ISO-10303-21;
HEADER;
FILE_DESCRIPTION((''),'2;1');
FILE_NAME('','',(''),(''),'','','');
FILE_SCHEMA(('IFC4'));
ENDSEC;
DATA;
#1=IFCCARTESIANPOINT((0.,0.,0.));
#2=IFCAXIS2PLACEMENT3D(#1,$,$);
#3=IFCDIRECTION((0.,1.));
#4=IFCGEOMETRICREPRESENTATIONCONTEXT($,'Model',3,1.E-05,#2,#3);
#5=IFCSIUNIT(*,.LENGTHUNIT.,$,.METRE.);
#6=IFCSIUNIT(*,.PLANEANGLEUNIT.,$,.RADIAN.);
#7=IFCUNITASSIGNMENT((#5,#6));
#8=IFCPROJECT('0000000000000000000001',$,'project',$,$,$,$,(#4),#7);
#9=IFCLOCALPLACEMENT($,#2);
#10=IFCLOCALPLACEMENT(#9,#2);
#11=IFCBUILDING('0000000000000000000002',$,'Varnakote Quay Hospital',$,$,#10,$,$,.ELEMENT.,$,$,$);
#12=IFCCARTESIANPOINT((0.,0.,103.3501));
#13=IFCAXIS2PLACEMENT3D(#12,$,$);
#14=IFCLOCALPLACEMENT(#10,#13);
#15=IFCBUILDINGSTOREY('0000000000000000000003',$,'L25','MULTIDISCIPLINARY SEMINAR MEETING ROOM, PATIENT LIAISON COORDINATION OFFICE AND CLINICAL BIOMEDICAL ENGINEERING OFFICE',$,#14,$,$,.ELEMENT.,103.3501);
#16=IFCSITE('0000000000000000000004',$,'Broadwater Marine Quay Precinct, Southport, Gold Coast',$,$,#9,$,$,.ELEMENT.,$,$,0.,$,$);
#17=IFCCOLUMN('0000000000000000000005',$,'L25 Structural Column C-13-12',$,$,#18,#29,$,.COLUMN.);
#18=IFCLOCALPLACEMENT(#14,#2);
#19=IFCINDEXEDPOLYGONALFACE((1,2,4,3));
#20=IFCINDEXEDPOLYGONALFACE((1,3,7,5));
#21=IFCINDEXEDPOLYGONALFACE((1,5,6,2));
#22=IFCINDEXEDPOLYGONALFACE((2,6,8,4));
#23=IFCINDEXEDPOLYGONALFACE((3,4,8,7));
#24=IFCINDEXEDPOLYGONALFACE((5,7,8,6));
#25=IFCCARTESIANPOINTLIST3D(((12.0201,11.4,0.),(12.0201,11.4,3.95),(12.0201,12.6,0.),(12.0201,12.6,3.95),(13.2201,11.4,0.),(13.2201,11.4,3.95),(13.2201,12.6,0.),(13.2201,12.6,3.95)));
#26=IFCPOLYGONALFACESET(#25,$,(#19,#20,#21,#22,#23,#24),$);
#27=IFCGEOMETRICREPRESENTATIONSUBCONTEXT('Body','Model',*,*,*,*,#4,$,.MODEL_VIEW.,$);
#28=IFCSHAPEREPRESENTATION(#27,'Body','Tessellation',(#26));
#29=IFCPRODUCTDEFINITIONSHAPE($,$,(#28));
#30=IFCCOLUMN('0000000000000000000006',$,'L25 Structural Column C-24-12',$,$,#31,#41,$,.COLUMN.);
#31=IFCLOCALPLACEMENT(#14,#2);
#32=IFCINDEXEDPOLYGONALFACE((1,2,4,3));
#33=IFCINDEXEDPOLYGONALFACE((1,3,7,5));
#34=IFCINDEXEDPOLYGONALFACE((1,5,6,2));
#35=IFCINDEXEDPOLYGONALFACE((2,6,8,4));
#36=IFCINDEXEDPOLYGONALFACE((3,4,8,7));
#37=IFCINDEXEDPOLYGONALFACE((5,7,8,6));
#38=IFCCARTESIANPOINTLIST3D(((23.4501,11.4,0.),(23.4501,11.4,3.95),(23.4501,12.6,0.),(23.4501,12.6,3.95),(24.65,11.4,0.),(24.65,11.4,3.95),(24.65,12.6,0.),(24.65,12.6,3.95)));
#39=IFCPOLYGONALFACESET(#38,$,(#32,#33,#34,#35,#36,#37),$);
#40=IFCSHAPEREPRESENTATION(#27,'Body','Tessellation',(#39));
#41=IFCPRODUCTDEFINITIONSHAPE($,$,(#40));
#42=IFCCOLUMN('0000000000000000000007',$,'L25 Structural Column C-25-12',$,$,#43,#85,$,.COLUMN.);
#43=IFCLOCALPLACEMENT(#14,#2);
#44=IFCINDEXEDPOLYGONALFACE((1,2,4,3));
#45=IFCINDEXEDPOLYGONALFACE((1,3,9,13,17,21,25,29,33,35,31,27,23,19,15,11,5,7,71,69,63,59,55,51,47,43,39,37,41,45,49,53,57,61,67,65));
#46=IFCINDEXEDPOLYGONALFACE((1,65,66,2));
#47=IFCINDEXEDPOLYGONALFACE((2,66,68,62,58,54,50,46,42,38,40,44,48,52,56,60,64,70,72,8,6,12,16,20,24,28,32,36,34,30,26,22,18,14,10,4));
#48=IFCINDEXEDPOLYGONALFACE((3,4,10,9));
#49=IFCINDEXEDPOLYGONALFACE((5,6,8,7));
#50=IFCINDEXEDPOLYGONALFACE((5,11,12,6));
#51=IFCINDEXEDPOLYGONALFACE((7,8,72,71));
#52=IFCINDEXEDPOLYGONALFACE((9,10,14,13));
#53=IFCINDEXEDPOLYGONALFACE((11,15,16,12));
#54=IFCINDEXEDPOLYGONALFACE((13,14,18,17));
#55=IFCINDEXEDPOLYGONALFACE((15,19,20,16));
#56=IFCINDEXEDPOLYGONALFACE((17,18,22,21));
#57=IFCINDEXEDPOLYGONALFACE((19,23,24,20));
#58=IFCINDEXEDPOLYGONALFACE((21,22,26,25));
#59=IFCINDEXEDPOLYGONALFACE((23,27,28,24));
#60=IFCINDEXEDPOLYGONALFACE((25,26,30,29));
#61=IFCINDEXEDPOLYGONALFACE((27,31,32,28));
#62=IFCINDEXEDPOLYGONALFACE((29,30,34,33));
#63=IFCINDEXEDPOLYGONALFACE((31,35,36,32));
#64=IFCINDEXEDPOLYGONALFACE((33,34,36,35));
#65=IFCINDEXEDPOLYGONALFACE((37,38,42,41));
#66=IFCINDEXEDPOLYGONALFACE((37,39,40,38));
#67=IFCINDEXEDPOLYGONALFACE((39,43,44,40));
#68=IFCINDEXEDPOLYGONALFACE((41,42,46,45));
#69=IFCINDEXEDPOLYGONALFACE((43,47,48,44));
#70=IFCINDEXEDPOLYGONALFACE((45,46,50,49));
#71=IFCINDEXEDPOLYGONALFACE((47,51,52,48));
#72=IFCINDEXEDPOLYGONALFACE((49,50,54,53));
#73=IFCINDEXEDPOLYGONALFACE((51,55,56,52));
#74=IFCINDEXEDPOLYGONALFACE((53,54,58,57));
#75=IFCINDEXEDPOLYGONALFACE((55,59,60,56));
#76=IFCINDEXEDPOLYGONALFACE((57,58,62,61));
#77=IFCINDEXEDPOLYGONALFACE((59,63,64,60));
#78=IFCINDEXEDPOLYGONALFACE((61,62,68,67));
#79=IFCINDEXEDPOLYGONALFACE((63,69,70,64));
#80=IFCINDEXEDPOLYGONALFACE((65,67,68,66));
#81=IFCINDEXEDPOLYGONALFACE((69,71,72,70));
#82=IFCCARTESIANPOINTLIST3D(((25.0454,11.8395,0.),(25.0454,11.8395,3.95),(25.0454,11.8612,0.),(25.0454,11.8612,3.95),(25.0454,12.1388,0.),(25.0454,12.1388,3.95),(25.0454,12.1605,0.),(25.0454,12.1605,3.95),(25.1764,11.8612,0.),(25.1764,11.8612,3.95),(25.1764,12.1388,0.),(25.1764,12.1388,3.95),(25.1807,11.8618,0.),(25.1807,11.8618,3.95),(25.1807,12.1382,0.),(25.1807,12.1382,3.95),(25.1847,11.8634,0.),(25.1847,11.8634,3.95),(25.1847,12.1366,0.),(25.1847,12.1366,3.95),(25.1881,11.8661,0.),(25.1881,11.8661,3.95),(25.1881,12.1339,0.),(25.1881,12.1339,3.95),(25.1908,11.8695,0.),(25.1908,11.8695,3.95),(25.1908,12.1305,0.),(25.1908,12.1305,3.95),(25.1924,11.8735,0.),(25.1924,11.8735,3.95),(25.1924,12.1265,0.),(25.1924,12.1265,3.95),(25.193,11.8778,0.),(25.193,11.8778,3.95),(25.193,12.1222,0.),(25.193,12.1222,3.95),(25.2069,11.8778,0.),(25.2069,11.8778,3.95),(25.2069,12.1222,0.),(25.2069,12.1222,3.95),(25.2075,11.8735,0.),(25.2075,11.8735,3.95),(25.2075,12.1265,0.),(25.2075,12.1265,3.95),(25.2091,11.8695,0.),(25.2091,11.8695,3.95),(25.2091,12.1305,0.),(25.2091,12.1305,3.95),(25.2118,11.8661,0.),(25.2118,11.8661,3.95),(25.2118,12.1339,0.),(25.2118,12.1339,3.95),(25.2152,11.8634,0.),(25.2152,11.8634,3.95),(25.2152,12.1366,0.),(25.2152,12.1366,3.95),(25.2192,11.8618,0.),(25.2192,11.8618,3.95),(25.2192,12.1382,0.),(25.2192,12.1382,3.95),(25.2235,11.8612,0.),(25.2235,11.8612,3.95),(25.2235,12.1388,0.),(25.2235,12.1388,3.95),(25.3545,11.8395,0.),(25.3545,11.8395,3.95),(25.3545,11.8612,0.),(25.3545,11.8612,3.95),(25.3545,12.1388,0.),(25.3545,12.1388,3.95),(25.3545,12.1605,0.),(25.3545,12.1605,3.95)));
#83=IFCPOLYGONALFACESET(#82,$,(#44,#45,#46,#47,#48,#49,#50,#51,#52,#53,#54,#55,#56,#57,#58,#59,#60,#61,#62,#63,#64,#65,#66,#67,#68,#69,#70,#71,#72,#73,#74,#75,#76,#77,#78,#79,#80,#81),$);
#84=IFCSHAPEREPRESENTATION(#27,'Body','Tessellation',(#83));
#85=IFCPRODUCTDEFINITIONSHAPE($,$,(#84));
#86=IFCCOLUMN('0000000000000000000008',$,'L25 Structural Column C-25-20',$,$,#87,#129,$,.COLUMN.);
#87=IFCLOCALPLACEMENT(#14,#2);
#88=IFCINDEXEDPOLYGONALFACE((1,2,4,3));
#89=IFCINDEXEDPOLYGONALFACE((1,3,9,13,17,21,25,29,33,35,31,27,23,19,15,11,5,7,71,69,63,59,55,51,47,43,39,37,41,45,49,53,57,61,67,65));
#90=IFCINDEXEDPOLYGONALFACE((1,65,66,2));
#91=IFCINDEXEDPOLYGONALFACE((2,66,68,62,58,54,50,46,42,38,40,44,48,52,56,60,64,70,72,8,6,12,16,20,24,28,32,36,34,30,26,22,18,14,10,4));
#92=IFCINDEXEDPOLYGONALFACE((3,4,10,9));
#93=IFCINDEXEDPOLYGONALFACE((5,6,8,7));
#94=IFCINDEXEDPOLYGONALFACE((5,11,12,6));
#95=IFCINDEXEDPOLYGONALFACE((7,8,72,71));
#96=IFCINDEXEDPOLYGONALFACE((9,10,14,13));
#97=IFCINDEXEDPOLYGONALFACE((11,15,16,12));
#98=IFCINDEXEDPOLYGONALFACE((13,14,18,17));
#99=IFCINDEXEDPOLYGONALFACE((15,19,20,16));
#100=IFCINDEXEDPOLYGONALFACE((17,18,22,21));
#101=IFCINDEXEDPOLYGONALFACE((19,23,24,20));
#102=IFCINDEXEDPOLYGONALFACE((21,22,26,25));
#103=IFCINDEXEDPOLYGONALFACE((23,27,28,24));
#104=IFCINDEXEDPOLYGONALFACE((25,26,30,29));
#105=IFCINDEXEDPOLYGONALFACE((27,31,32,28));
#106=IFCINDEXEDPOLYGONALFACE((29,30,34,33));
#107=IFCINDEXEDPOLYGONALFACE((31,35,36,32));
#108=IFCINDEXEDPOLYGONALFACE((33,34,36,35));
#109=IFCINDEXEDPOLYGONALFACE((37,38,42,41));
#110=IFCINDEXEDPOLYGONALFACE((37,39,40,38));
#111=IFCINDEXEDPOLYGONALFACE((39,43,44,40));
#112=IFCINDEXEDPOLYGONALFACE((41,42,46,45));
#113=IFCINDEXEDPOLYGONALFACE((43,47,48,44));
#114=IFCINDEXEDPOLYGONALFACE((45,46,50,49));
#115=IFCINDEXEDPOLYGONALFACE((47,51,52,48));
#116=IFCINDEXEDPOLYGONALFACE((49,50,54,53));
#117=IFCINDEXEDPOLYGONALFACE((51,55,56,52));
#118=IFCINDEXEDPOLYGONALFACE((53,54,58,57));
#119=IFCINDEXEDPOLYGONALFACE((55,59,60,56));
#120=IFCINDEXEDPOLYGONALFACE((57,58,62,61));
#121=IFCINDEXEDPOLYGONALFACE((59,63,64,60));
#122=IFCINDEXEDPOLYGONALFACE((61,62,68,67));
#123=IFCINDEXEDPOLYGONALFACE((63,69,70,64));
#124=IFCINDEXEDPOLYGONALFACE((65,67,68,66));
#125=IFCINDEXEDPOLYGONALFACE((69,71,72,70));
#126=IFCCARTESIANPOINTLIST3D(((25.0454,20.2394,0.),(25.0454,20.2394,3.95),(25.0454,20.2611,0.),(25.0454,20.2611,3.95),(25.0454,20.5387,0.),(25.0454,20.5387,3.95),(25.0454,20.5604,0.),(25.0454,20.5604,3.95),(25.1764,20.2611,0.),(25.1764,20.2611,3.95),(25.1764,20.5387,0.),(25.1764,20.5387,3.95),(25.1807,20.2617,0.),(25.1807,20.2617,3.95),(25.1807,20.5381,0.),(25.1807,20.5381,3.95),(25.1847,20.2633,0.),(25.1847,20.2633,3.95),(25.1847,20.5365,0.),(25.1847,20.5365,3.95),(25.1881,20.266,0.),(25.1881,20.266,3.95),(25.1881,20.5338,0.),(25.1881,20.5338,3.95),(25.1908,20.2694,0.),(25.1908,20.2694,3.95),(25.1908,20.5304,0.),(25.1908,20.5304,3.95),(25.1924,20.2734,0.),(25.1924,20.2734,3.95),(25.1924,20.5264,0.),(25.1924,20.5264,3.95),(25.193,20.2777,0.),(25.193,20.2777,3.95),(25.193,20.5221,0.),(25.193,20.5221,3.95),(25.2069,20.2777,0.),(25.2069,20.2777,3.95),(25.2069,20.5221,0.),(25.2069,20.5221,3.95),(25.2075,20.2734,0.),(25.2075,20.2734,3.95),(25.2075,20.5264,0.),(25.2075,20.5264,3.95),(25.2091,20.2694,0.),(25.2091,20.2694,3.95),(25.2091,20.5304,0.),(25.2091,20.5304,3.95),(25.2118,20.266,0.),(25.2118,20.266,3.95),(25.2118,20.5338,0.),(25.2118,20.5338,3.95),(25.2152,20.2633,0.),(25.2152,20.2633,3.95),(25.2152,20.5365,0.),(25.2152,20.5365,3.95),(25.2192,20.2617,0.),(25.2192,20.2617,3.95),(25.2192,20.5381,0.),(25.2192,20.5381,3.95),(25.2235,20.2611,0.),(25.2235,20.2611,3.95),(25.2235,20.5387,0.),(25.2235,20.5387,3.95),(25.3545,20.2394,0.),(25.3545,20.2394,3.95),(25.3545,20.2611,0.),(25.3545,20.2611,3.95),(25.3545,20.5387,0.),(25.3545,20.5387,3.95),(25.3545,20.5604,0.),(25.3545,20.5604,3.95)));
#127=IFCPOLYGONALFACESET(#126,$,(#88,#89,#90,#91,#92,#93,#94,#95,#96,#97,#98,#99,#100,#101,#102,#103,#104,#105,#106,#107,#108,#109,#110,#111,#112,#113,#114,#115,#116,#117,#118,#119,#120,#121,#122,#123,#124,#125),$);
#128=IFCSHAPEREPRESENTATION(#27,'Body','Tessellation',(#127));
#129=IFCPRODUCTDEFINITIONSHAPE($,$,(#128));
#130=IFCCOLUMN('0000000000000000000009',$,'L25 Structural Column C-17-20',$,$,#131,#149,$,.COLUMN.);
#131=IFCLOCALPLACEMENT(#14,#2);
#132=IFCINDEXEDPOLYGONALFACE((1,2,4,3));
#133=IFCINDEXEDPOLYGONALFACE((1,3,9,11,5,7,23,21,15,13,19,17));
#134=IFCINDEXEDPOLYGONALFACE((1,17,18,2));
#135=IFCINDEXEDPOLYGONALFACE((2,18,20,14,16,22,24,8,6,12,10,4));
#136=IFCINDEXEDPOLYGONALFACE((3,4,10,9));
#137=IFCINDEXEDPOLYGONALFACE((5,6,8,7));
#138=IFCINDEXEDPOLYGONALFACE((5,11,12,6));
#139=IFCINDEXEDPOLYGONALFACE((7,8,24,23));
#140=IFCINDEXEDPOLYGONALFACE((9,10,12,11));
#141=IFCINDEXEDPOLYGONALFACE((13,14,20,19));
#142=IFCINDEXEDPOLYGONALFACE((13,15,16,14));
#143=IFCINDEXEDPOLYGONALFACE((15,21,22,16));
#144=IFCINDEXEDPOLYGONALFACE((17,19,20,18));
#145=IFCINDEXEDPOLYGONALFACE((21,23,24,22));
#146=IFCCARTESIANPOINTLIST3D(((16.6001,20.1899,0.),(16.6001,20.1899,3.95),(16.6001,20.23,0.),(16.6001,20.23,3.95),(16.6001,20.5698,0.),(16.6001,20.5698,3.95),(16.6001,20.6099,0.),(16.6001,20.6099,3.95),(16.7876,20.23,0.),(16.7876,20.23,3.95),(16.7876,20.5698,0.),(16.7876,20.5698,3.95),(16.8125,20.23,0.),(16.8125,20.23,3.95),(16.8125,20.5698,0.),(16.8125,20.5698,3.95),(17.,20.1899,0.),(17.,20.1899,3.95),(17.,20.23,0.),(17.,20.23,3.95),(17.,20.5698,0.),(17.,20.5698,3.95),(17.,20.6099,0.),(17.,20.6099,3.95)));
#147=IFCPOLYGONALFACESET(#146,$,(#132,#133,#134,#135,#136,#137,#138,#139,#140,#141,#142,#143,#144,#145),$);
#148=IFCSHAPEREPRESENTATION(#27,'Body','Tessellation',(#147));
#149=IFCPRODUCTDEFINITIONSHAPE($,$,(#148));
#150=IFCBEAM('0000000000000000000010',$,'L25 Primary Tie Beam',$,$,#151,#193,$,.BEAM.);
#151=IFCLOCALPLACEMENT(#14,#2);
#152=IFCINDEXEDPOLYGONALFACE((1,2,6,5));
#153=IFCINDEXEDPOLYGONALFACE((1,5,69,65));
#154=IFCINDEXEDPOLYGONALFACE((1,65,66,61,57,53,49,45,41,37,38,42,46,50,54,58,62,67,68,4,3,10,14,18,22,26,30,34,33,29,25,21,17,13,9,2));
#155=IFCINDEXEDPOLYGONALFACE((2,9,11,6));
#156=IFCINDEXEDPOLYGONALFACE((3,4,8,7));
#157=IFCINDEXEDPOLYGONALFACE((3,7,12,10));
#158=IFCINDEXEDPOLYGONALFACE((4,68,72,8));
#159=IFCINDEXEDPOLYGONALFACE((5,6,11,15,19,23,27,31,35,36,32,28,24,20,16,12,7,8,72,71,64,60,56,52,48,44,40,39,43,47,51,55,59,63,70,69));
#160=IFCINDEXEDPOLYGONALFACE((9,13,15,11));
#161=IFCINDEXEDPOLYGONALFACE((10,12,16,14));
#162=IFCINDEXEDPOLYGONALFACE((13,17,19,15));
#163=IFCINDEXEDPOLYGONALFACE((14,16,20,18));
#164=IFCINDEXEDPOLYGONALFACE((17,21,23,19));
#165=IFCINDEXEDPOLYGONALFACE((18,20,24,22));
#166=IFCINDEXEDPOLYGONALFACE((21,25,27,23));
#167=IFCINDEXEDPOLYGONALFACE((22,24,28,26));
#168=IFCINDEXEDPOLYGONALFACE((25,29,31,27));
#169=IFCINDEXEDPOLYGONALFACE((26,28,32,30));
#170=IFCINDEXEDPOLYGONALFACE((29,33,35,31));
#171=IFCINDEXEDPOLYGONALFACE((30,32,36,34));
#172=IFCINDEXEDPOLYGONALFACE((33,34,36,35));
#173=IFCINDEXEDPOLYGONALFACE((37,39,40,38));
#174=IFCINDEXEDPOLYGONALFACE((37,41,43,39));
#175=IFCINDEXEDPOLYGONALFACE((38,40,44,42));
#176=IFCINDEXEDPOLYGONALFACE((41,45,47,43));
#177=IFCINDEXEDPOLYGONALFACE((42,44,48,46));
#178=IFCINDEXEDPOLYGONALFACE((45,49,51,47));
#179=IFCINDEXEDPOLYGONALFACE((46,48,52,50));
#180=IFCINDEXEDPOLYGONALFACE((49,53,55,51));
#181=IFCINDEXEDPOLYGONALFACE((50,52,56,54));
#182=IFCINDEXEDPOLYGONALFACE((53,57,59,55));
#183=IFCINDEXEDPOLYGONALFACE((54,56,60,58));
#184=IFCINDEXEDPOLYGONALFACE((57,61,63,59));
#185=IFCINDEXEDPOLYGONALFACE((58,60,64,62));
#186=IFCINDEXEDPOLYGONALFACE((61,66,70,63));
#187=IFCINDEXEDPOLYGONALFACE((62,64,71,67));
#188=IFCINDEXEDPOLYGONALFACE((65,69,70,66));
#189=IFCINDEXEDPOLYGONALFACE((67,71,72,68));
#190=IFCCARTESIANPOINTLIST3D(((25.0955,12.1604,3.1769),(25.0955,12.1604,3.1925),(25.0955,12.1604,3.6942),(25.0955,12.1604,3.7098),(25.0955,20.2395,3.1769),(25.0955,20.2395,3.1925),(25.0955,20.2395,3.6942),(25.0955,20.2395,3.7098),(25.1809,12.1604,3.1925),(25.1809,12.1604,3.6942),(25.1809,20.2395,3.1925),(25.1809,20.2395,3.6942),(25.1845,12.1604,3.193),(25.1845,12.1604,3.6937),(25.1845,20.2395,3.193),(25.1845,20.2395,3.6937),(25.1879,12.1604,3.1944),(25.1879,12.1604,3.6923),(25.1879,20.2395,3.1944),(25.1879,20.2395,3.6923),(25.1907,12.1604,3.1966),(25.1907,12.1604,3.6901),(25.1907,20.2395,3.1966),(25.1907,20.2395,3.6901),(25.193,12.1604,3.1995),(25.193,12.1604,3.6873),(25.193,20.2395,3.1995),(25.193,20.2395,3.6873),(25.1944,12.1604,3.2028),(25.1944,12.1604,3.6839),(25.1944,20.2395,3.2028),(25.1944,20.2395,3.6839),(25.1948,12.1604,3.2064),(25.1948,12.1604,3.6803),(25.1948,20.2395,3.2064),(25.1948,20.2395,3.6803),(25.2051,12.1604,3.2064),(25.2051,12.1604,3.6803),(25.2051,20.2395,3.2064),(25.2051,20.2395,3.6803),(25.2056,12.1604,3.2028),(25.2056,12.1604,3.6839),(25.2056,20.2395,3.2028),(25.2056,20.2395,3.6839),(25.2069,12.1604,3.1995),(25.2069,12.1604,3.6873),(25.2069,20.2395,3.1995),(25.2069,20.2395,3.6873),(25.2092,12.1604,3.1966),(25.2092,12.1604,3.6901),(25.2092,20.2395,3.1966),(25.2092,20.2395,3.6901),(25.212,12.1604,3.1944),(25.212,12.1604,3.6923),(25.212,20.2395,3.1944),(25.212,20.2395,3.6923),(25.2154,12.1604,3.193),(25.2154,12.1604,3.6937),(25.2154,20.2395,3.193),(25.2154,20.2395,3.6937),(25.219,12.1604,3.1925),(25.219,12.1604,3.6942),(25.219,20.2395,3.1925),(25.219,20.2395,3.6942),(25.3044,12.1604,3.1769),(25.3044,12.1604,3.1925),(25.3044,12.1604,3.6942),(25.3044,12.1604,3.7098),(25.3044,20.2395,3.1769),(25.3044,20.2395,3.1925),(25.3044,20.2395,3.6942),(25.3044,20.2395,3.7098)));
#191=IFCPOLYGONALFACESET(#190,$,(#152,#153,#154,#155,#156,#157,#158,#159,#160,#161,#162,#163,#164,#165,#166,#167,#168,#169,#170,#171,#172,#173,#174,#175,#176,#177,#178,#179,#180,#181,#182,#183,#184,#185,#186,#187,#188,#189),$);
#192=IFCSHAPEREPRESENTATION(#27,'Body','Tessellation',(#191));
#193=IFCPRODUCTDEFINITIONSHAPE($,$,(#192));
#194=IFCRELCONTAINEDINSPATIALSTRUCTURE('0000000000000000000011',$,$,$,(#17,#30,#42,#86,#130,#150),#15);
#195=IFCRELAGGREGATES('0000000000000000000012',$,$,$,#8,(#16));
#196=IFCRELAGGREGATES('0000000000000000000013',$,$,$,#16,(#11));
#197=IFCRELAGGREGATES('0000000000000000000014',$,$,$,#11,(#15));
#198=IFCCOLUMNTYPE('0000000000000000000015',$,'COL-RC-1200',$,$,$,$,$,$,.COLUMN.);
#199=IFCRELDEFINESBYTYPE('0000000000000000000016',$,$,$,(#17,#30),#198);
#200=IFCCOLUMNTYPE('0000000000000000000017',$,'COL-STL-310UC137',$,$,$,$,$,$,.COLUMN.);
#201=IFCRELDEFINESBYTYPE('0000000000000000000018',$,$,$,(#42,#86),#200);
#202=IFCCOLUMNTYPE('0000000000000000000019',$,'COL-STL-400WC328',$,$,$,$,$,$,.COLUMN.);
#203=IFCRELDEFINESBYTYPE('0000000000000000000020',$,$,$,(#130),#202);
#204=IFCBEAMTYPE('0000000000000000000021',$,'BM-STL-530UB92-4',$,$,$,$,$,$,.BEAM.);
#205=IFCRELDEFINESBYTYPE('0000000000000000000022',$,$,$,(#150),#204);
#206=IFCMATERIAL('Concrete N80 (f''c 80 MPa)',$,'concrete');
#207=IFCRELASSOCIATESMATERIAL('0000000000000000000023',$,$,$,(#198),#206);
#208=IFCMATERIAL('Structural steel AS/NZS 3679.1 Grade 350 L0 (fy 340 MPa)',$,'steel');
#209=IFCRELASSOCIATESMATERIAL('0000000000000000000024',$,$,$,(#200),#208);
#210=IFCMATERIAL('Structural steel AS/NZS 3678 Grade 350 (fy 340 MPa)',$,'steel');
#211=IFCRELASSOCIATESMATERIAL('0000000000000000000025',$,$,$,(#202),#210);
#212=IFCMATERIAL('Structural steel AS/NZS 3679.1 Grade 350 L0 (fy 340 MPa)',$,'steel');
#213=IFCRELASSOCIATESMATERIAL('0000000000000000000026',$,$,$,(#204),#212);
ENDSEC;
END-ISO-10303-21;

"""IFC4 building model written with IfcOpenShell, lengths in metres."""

from ifc_helpers import new_model, si_unit, direction, frame, origin, origin_2d, place, context, subcontext, project, spatial, rectangle, i_section, extrude, material, material_profile, profile_set, type_object, element, save


model = new_model("IFC4")

# Units and contexts
model_context = context("Model", 3, precision=1e-05, world=origin(), true_north=direction((0.0, 1.0)))
body_context = subcontext(model_context, "Body", "Model", "MODEL_VIEW")
ifc_project = project(units=[si_unit("LENGTHUNIT", "METRE"), si_unit("PLANEANGLEUNIT", "RADIAN")], contexts=[model_context])

# Site, building, storey
site_placement = place(None, origin())
site = spatial("IfcSite", under=ifc_project, at=site_placement, Name="Broadwater Marine Quay Precinct, Southport, Gold Coast", CompositionType="ELEMENT", RefElevation=0.0)
building_placement = place(site_placement, origin())
building = spatial("IfcBuilding", under=site, at=building_placement, Name="Varnakote Quay Hospital", CompositionType="ELEMENT")
storey_placement = place(building_placement, frame((0.0, 0.0, 103.3501)))
storey = spatial("IfcBuildingStorey", under=building, at=storey_placement, Name="L25", Description="MULTIDISCIPLINARY SEMINAR MEETING ROOM, PATIENT LIAISON COORDINATION OFFICE AND CLINICAL BIOMEDICAL ENGINEERING OFFICE", CompositionType="ELEMENT", Elevation=103.3501)

# Columns
ifc_material_1 = material(Name="Concrete N80 (f'c 80 MPa)", Category="concrete")
ifc_material_profile_1 = material_profile(ifc_material_1, rectangle(XDim=1.2, YDim=1.2, at=origin_2d()), Name="RC-COL-1200x1200")
ifc_profile_set_1 = profile_set([ifc_material_profile_1], Name="Concrete N80 (f'c 80 MPa)")
column_type_1 = type_object("IfcColumnType", Name="COL-RC-1200", PredefinedType="COLUMN", material=ifc_profile_set_1)
for number, where, z_axis, x_axis, name in (
    (1, (12.6201, 12.0, 0.0), (0.0, 0.0, 1.0), (1.0, 0.0, 0.0), "L25 Structural Column C-13-12"),
    (2, (24.05, 12.0, 0.0), (0.0, 0.0, 1.0), (1.0, 0.0, 0.0), "L25 Structural Column C-24-12"),
):
    element("IfcColumn", number, at=place(storey_placement, frame(where, z_axis=z_axis, x_axis=x_axis)), inside=storey, type_object=column_type_1, Name=name, PredefinedType="COLUMN", context=body_context, shape_type="SweptSolid", body=[
        extrude(rectangle(XDim=1.2, YDim=1.2, at=origin_2d()), origin(), (0.0, 0.0, 1.0), 3.95),
    ])
ifc_material_2 = material(Name="Structural steel AS/NZS 3679.1 Grade 350 L0 (fy 340 MPa)", Category="steel")
ifc_material_profile_2 = material_profile(ifc_material_2, i_section(OverallWidth=0.3091, OverallDepth=0.321, WebThickness=0.0139, FlangeThickness=0.0217, FilletRadius=0.0166, at=origin_2d()), Name="310UC137")
ifc_profile_set_2 = profile_set([ifc_material_profile_2], Name="Structural steel AS/NZS 3679.1 Grade 350 L0 (fy 340 MPa)")
column_type_2 = type_object("IfcColumnType", Name="COL-STL-310UC137", PredefinedType="COLUMN", material=ifc_profile_set_2)
for number, where, z_axis, x_axis, name in (
    (3, (25.2, 12.0, 0.0), (0.0, 0.0, 1.0), (1.0, 0.0, 0.0), "L25 Structural Column C-25-12"),
    (4, (25.2, 20.3999, 0.0), (0.0, 0.0, 1.0), (1.0, 0.0, 0.0), "L25 Structural Column C-25-20"),
):
    element("IfcColumn", number, at=place(storey_placement, frame(where, z_axis=z_axis, x_axis=x_axis)), inside=storey, type_object=column_type_2, Name=name, PredefinedType="COLUMN", context=body_context, shape_type="SweptSolid", body=[
        extrude(i_section(OverallWidth=0.3091, OverallDepth=0.321, WebThickness=0.0139, FlangeThickness=0.0217, FilletRadius=0.0166, at=origin_2d()), origin(), (0.0, 0.0, 1.0), 3.95),
    ])
ifc_material_3 = material(Name="Structural steel AS/NZS 3678 Grade 350 (fy 340 MPa)", Category="steel")
ifc_material_profile_3 = material_profile(ifc_material_3, i_section(OverallWidth=0.3999, OverallDepth=0.4199, WebThickness=0.0249, FlangeThickness=0.04, at=origin_2d()), Name="400WC328")
ifc_profile_set_3 = profile_set([ifc_material_profile_3], Name="Structural steel AS/NZS 3678 Grade 350 (fy 340 MPa)")
column_type_3 = type_object("IfcColumnType", Name="COL-STL-400WC328", PredefinedType="COLUMN", material=ifc_profile_set_3)
column_placement = place(storey_placement, frame((16.8, 20.3999, 0.0), z_axis=(0.0, 0.0, 1.0), x_axis=(1.0, 0.0, 0.0)))
element("IfcColumn", 5, at=column_placement, inside=storey, type_object=column_type_3, Name="L25 Structural Column C-17-20", PredefinedType="COLUMN", context=body_context, shape_type="SweptSolid", body=[
    extrude(i_section(OverallWidth=0.3999, OverallDepth=0.4199, WebThickness=0.0249, FlangeThickness=0.04, at=origin_2d()), origin(), (0.0, 0.0, 1.0), 3.95),
])

# Beam
ifc_material_4 = material(Name="Structural steel AS/NZS 3679.1 Grade 350 L0 (fy 340 MPa)", Category="steel")
ifc_material_profile_4 = material_profile(ifc_material_4, i_section(OverallWidth=0.209, OverallDepth=0.533, WebThickness=0.0103, FlangeThickness=0.0156, FilletRadius=0.0139, at=origin_2d()), Name="530UB92.4")
ifc_profile_set_4 = profile_set([ifc_material_profile_4], Name="Structural steel AS/NZS 3679.1 Grade 350 L0 (fy 340 MPa)")
beam_type_1 = type_object("IfcBeamType", Name="BM-STL-530UB92-4", PredefinedType="BEAM", material=ifc_profile_set_4)
beam_1_placement = place(storey_placement, frame((25.2, 12.1604, 3.4434), z_axis=(0.0, 1.0, 0.0), x_axis=(-1.0, 0.0, 0.0)))
element("IfcBeam", 6, at=beam_1_placement, inside=storey, type_object=beam_type_1, Name="L25 Primary Tie Beam", PredefinedType="BEAM", context=body_context, shape_type="SweptSolid", body=[
    extrude(i_section(OverallWidth=0.209, OverallDepth=0.533, WebThickness=0.0103, FlangeThickness=0.0156, FilletRadius=0.0139, at=origin_2d()), origin(), (0.0, 0.0, 1.0), 8.0791),
])

save(model, "model.ifc")
